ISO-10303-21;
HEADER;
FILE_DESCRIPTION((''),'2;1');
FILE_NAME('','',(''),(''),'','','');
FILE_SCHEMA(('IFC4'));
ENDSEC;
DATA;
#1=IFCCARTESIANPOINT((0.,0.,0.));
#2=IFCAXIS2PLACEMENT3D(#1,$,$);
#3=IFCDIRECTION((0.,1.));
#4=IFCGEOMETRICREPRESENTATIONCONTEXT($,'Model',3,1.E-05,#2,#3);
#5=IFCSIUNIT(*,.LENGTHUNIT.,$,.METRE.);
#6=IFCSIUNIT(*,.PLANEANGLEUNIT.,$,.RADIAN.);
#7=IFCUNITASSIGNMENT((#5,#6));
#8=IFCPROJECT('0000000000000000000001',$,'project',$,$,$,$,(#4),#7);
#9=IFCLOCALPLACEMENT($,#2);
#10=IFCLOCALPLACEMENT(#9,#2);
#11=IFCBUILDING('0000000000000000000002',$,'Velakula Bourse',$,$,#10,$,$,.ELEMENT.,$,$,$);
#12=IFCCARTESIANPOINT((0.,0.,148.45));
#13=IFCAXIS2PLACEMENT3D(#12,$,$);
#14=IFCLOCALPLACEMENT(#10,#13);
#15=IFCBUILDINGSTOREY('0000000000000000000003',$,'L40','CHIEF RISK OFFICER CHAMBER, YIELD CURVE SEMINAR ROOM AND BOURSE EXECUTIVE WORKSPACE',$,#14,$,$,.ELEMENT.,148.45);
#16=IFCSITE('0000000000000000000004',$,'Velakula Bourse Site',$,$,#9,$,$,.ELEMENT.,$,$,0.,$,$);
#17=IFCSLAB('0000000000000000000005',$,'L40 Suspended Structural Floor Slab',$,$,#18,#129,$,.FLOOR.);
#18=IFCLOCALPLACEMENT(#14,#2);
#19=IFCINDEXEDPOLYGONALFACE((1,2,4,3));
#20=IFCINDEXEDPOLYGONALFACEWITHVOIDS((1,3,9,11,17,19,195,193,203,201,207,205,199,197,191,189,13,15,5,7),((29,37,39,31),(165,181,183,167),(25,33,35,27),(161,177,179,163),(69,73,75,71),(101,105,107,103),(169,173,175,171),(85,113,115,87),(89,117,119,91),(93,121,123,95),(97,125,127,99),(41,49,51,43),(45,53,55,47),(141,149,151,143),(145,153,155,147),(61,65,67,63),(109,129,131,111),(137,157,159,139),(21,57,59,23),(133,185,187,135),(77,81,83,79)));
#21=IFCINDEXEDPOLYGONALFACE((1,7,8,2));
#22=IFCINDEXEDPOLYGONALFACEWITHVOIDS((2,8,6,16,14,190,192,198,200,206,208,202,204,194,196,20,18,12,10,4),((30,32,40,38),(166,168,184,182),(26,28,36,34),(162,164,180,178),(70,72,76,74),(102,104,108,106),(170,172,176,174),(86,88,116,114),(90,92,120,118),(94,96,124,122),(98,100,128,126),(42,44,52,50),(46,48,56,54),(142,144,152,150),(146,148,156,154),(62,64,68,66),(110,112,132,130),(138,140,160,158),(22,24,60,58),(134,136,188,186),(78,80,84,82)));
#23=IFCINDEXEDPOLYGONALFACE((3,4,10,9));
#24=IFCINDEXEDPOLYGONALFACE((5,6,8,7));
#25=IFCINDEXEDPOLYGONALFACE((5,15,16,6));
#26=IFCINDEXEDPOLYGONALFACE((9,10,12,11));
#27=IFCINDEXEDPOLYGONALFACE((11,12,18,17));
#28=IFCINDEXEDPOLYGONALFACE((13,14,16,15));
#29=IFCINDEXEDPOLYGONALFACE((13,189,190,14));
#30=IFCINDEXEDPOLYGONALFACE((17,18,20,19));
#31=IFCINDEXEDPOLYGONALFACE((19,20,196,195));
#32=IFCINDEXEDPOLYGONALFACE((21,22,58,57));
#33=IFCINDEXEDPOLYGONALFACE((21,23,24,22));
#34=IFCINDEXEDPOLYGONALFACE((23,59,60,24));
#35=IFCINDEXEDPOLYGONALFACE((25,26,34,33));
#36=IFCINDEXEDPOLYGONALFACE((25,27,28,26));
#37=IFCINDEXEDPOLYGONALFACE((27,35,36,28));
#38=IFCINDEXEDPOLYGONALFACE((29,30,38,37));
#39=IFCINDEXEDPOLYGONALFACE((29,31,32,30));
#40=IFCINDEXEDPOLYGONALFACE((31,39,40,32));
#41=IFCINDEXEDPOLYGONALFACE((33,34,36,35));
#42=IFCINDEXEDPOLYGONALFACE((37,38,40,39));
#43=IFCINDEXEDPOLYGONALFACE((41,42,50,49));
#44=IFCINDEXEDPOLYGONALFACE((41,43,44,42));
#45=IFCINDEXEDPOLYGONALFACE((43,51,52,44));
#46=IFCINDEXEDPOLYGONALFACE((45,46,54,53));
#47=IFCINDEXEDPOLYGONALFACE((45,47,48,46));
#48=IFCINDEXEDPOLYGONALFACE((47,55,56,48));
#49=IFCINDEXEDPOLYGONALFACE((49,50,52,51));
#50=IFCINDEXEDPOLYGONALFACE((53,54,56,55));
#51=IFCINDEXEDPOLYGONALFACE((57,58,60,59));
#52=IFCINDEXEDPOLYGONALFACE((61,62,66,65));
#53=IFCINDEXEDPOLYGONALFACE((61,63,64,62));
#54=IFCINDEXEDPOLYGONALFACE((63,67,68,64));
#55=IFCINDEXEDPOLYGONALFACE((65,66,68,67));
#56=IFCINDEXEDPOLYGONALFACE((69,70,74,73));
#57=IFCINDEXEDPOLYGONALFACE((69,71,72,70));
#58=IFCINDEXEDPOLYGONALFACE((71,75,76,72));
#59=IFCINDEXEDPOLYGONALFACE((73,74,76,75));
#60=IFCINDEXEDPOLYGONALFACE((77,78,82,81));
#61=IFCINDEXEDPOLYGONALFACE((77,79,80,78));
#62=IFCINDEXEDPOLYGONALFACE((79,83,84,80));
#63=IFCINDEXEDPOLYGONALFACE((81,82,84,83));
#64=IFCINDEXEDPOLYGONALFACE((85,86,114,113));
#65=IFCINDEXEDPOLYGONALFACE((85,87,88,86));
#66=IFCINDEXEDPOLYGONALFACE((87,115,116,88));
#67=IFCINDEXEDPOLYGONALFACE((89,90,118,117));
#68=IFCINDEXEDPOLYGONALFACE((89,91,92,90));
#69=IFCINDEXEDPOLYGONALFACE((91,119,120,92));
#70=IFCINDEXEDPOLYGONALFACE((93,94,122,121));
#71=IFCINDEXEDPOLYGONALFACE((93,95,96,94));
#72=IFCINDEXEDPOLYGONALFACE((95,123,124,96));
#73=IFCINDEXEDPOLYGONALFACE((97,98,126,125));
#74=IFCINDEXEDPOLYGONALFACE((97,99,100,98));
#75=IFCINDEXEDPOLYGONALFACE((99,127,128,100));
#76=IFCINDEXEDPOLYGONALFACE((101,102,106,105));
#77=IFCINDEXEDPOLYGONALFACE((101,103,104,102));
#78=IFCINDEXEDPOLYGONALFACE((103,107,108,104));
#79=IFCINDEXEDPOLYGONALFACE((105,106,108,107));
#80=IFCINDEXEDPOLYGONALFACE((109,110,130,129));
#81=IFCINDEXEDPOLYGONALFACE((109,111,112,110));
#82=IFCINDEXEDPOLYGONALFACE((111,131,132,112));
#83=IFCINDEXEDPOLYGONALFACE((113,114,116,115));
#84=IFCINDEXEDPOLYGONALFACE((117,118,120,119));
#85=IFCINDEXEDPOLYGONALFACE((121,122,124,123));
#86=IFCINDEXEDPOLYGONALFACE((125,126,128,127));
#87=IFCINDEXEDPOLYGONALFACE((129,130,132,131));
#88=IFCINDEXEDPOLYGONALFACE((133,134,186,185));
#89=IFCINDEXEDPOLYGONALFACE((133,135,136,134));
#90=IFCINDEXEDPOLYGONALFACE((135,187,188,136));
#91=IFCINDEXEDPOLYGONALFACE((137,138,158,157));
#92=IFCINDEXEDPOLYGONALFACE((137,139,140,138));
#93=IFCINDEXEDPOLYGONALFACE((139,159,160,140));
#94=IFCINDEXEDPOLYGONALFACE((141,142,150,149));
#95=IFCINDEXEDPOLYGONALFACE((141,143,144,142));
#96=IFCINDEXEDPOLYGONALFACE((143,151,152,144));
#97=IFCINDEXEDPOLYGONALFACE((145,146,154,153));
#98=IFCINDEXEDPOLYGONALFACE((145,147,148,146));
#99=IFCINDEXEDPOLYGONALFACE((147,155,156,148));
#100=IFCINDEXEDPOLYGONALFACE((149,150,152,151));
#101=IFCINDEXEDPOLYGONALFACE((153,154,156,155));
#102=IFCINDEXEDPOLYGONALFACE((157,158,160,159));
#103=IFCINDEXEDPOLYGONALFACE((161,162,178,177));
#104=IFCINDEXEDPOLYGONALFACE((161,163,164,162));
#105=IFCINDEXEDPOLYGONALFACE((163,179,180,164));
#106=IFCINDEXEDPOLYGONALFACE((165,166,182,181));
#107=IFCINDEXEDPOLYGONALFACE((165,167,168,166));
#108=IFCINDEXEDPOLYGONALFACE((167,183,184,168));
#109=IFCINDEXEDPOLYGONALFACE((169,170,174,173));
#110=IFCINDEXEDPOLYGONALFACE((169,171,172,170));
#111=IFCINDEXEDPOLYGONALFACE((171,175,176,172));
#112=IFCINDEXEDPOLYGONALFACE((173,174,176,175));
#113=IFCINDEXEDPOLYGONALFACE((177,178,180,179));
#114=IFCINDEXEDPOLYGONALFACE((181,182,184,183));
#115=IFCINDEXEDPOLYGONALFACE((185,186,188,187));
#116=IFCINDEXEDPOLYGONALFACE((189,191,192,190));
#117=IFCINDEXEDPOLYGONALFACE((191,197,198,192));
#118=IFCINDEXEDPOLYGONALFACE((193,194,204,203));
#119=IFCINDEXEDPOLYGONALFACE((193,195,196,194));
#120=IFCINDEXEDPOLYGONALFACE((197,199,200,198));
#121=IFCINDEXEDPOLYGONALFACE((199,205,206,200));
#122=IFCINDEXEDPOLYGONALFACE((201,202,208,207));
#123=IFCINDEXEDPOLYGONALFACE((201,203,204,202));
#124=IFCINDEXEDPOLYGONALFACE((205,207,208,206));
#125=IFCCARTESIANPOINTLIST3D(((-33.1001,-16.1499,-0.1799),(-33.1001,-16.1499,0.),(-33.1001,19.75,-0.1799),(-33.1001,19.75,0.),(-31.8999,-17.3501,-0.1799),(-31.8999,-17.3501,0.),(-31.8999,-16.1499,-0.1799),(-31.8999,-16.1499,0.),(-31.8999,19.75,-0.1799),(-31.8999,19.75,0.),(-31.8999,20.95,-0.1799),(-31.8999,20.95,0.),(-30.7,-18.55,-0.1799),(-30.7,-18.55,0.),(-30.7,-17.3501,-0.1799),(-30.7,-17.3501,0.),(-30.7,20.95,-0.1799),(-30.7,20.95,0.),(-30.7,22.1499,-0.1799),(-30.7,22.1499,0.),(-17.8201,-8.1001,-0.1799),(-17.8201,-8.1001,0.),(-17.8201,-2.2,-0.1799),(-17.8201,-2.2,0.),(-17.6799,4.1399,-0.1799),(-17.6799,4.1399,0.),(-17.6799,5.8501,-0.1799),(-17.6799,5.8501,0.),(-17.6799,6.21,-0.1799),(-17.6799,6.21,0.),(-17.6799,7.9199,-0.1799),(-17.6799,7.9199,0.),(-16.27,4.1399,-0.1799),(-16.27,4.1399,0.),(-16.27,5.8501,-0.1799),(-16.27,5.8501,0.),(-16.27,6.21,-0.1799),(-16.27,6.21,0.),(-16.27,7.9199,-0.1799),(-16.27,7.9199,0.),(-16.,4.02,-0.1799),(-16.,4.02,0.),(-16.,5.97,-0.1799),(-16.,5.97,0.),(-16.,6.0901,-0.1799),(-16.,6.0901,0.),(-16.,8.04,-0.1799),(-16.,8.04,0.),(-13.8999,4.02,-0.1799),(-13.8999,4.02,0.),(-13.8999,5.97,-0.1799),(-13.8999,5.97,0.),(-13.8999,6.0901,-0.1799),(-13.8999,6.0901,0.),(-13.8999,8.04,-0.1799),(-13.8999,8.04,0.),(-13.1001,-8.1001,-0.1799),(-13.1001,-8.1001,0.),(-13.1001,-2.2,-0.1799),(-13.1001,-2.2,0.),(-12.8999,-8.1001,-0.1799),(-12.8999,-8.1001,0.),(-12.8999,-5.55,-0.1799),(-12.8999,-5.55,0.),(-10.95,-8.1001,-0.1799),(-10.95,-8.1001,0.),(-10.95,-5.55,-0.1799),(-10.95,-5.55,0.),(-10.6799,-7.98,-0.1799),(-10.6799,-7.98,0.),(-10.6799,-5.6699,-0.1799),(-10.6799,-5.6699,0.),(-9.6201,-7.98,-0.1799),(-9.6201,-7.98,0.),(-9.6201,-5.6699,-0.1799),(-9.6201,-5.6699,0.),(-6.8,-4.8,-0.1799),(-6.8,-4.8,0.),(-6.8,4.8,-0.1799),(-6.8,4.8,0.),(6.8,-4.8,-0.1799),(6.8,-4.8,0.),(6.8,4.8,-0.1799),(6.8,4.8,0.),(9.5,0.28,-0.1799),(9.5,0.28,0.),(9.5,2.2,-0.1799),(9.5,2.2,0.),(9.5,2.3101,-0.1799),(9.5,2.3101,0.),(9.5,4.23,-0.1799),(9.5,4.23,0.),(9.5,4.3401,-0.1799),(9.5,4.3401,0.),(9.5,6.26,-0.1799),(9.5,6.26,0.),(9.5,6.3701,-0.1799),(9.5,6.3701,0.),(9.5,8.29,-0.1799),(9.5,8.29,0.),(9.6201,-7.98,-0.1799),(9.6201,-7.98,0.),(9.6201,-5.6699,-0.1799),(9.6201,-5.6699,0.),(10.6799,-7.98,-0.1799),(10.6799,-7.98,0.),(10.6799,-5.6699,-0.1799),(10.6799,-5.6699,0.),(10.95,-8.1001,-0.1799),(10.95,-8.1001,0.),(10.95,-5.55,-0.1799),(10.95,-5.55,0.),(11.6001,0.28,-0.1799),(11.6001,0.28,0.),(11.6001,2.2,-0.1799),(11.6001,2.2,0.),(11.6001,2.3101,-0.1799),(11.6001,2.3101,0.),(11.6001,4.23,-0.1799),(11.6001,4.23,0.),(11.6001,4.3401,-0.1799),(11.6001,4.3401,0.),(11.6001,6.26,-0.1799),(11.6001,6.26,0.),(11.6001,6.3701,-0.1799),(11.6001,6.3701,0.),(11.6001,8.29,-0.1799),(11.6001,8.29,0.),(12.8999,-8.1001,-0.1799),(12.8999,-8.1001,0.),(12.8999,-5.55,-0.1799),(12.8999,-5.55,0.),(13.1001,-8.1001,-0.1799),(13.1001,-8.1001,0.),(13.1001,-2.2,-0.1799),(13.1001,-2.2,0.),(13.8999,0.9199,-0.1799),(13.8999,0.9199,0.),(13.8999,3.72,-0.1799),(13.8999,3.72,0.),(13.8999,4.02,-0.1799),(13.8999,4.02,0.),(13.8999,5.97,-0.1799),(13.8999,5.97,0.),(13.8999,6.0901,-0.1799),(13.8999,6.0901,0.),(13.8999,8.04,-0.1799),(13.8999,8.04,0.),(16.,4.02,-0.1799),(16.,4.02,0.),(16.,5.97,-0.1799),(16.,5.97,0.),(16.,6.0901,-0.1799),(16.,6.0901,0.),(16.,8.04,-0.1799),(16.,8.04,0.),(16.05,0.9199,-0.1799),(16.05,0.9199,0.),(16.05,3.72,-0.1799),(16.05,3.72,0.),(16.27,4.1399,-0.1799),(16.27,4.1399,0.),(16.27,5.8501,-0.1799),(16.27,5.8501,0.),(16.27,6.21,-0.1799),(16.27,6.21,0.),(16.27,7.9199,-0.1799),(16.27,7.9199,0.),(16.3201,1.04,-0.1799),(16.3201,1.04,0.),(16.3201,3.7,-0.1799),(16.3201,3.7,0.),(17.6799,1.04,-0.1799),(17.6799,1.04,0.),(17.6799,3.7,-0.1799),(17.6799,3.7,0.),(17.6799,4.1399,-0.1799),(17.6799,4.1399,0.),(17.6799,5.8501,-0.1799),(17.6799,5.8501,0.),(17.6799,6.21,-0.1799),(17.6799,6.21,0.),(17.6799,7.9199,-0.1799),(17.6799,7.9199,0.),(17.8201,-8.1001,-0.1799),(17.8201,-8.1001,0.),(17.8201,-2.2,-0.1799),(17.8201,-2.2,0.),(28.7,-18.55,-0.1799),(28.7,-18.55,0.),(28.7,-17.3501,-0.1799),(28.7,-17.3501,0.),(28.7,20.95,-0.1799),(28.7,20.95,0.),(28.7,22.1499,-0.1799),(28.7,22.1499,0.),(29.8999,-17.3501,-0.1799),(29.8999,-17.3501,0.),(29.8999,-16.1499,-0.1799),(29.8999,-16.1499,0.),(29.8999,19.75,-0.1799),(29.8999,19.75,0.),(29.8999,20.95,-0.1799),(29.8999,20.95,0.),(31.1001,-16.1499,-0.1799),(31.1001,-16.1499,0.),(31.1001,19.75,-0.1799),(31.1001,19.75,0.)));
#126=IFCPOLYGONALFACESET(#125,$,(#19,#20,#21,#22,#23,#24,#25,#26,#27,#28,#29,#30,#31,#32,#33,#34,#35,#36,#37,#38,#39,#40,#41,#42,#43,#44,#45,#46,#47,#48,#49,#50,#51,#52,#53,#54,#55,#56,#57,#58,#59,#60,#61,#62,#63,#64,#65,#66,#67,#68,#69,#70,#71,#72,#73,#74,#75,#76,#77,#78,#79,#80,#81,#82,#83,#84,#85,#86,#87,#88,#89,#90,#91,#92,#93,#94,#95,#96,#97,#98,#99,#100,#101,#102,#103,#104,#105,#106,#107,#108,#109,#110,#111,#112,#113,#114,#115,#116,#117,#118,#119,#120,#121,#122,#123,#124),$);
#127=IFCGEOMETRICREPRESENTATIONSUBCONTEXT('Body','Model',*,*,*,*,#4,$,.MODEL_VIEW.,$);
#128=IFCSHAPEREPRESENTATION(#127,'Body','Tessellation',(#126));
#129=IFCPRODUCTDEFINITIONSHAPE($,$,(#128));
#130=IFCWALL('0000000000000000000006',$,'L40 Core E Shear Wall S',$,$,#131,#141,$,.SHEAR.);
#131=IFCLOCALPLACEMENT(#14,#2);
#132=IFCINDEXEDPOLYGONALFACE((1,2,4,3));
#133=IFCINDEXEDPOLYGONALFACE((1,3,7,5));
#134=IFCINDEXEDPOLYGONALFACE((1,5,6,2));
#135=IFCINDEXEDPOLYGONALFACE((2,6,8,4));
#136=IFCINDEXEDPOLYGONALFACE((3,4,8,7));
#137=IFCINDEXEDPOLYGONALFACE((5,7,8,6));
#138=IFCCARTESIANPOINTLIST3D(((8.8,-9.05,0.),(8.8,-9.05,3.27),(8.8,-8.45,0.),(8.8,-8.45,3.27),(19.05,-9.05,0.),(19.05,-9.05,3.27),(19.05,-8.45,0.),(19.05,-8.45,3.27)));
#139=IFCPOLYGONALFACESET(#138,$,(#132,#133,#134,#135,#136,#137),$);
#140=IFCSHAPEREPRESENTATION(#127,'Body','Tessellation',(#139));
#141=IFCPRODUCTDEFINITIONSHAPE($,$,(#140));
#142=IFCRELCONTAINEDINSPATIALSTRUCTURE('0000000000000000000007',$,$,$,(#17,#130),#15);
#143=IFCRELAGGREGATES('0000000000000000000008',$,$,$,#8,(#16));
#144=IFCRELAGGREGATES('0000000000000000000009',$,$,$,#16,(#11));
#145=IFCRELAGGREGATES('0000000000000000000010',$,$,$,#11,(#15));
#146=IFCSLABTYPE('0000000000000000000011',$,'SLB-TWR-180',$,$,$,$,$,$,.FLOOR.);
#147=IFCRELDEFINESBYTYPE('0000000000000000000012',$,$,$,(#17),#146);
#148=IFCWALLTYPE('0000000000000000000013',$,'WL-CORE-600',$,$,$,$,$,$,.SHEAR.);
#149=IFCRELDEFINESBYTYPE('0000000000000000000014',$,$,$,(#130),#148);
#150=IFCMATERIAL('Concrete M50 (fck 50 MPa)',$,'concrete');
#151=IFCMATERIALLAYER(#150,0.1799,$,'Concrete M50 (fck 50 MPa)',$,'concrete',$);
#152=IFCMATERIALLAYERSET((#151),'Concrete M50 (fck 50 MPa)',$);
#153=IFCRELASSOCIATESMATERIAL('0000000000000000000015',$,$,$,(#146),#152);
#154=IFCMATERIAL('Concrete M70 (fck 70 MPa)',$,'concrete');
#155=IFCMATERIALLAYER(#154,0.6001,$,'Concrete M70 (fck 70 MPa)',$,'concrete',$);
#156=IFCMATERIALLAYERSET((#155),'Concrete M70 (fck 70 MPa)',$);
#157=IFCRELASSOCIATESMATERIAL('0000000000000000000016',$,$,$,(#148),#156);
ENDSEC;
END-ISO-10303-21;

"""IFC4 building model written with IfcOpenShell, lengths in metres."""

from ifc_helpers import new_model, si_unit, direction, frame, frame_2d, origin, place, context, subcontext, project, spatial, polyline, rectangle, outline, extrude, material, layer, layer_set, type_object, element, save


model = new_model("IFC4")

# Units and contexts
model_context = context("Model", 3, precision=1e-05, world=origin(), true_north=direction((0.0, 1.0)))
body_context = subcontext(model_context, "Body", "Model", "MODEL_VIEW")
ifc_project = project(units=[si_unit("LENGTHUNIT", "METRE"), si_unit("PLANEANGLEUNIT", "RADIAN")], contexts=[model_context])

# Site, building, storey
site_placement = place(None, origin())
site = spatial("IfcSite", under=ifc_project, at=site_placement, Name="Velakula Bourse Site", CompositionType="ELEMENT", RefElevation=0.0)
building_placement = place(site_placement, origin())
building = spatial("IfcBuilding", under=site, at=building_placement, Name="Velakula Bourse", CompositionType="ELEMENT")
storey_placement = place(building_placement, frame((0.0, 0.0, 148.45)))
storey = spatial("IfcBuildingStorey", under=building, at=storey_placement, Name="L40", Description="CHIEF RISK OFFICER CHAMBER, YIELD CURVE SEMINAR ROOM AND BOURSE EXECUTIVE WORKSPACE", CompositionType="ELEMENT", Elevation=148.45)

# Shared definitions
ifc_material_1 = material(Name="Concrete M70 (fck 70 MPa)", Category="concrete")

# Slab
ifc_material_2 = material(Name="Concrete M50 (fck 50 MPa)", Category="concrete")
ifc_layer_1 = layer(ifc_material_2, 0.1799, Name="Concrete M50 (fck 50 MPa)", Category="concrete")
ifc_layer_set_1 = layer_set([ifc_layer_1], Name="Concrete M50 (fck 50 MPa)")
slab_type_1 = type_object("IfcSlabType", Name="SLB-TWR-180", PredefinedType="FLOOR", material=ifc_layer_set_1)
slab_1_placement = place(storey_placement, frame((0.0, 0.0, -0.1799)))
element("IfcSlab", 1, at=slab_1_placement, inside=storey, type_object=slab_type_1, Name="L40 Suspended Structural Floor Slab", PredefinedType="FLOOR", context=body_context, shape_type="SweptSolid", body=[
    extrude(outline(polyline([(-30.7, -18.55), (28.7, -18.55), (28.7, -17.3501), (29.8999, -17.3501), (29.8999, -16.1499), (31.1001, -16.1499), (31.1001, 19.75), (29.8999, 19.75), (29.8999, 20.95), (28.7, 20.95), (28.7, 22.1499), (-30.7, 22.1499), (-30.7, 20.95), (-31.8999, 20.95), (-31.8999, 19.75), (-33.1001, 19.75), (-33.1001, -16.1499), (-31.8999, -16.1499), (-31.8999, -17.3501), (-30.7, -17.3501), (-30.7, -18.55)]), holes=[polyline([(-17.8201, -8.1001), (-13.1001, -8.1001), (-13.1001, -2.2), (-17.8201, -2.2), (-17.8201, -8.1001)]), polyline([(13.1001, -8.1001), (17.8201, -8.1001), (17.8201, -2.2), (13.1001, -2.2), (13.1001, -8.1001)]), polyline([(-12.8999, -8.1001), (-10.95, -8.1001), (-10.95, -5.55), (-12.8999, -5.55), (-12.8999, -8.1001)]), polyline([(10.95, -8.1001), (12.8999, -8.1001), (12.8999, -5.55), (10.95, -5.55), (10.95, -8.1001)]), polyline([(13.8999, 0.9199), (16.05, 0.9199), (16.05, 3.72), (13.8999, 3.72), (13.8999, 0.9199)]), polyline([(-10.6799, -7.98), (-9.6201, -7.98), (-9.6201, -5.6699), (-10.6799, -5.6699), (-10.6799, -7.98)]), polyline([(-17.6799, 4.1399), (-16.27, 4.1399), (-16.27, 5.8501), (-17.6799, 5.8501), (-17.6799, 4.1399)]), polyline([(-17.6799, 6.21), (-16.27, 6.21), (-16.27, 7.9199), (-17.6799, 7.9199), (-17.6799, 6.21)]), polyline([(9.6201, -7.98), (10.6799, -7.98), (10.6799, -5.6699), (9.6201, -5.6699), (9.6201, -7.98)]), polyline([(16.27, 4.1399), (17.6799, 4.1399), (17.6799, 5.8501), (16.27, 5.8501), (16.27, 4.1399)]), polyline([(16.27, 6.21), (17.6799, 6.21), (17.6799, 7.9199), (16.27, 7.9199), (16.27, 6.21)]), polyline([(16.3201, 1.04), (17.6799, 1.04), (17.6799, 3.7), (16.3201, 3.7), (16.3201, 1.04)]), polyline([(9.5, 0.28), (11.6001, 0.28), (11.6001, 2.2), (9.5, 2.2), (9.5, 0.28)]), polyline([(9.5, 2.3101), (11.6001, 2.3101), (11.6001, 4.23), (9.5, 4.23), (9.5, 2.3101)]), polyline([(9.5, 4.3401), (11.6001, 4.3401), (11.6001, 6.26), (9.5, 6.26), (9.5, 4.3401)]), polyline([(9.5, 6.3701), (11.6001, 6.3701), (11.6001, 8.29), (9.5, 8.29), (9.5, 6.3701)]), polyline([(-16.0, 4.02), (-13.8999, 4.02), (-13.8999, 5.97), (-16.0, 5.97), (-16.0, 4.02)]), polyline([(-16.0, 6.0901), (-13.8999, 6.0901), (-13.8999, 8.04), (-16.0, 8.04), (-16.0, 6.0901)]), polyline([(13.8999, 4.02), (16.0, 4.02), (16.0, 5.97), (13.8999, 5.97), (13.8999, 4.02)]), polyline([(13.8999, 6.0901), (16.0, 6.0901), (16.0, 8.04), (13.8999, 8.04), (13.8999, 6.0901)]), polyline([(-6.8, -4.8), (6.8, -4.8), (6.8, 4.8), (-6.8, 4.8), (-6.8, -4.8)])]), origin(), (0.0, 0.0, 1.0), 0.1799),
])

# Wall
ifc_layer_2 = layer(ifc_material_1, 0.6001, Name="Concrete M70 (fck 70 MPa)", Category="concrete")
ifc_layer_set_2 = layer_set([ifc_layer_2], Name="Concrete M70 (fck 70 MPa)")
wall_type_1 = type_object("IfcWallType", Name="WL-CORE-600", PredefinedType="SHEAR", material=ifc_layer_set_2)
wall_1_placement = place(storey_placement, frame((8.8, -8.75, 0.0), z_axis=(0.0, 0.0, 1.0), x_axis=(1.0, 0.0, 0.0)))
element("IfcWall", 2, at=wall_1_placement, inside=storey, type_object=wall_type_1, Name="L40 Core E Shear Wall S", PredefinedType="SHEAR", context=body_context, shape_type="SweptSolid", body=[
    extrude(rectangle(XDim=10.25, YDim=0.6001, at=frame_2d((5.125, 0.0))), origin(), (0.0, 0.0, 1.0), 3.27),
])

save(model, "model.ifc")
